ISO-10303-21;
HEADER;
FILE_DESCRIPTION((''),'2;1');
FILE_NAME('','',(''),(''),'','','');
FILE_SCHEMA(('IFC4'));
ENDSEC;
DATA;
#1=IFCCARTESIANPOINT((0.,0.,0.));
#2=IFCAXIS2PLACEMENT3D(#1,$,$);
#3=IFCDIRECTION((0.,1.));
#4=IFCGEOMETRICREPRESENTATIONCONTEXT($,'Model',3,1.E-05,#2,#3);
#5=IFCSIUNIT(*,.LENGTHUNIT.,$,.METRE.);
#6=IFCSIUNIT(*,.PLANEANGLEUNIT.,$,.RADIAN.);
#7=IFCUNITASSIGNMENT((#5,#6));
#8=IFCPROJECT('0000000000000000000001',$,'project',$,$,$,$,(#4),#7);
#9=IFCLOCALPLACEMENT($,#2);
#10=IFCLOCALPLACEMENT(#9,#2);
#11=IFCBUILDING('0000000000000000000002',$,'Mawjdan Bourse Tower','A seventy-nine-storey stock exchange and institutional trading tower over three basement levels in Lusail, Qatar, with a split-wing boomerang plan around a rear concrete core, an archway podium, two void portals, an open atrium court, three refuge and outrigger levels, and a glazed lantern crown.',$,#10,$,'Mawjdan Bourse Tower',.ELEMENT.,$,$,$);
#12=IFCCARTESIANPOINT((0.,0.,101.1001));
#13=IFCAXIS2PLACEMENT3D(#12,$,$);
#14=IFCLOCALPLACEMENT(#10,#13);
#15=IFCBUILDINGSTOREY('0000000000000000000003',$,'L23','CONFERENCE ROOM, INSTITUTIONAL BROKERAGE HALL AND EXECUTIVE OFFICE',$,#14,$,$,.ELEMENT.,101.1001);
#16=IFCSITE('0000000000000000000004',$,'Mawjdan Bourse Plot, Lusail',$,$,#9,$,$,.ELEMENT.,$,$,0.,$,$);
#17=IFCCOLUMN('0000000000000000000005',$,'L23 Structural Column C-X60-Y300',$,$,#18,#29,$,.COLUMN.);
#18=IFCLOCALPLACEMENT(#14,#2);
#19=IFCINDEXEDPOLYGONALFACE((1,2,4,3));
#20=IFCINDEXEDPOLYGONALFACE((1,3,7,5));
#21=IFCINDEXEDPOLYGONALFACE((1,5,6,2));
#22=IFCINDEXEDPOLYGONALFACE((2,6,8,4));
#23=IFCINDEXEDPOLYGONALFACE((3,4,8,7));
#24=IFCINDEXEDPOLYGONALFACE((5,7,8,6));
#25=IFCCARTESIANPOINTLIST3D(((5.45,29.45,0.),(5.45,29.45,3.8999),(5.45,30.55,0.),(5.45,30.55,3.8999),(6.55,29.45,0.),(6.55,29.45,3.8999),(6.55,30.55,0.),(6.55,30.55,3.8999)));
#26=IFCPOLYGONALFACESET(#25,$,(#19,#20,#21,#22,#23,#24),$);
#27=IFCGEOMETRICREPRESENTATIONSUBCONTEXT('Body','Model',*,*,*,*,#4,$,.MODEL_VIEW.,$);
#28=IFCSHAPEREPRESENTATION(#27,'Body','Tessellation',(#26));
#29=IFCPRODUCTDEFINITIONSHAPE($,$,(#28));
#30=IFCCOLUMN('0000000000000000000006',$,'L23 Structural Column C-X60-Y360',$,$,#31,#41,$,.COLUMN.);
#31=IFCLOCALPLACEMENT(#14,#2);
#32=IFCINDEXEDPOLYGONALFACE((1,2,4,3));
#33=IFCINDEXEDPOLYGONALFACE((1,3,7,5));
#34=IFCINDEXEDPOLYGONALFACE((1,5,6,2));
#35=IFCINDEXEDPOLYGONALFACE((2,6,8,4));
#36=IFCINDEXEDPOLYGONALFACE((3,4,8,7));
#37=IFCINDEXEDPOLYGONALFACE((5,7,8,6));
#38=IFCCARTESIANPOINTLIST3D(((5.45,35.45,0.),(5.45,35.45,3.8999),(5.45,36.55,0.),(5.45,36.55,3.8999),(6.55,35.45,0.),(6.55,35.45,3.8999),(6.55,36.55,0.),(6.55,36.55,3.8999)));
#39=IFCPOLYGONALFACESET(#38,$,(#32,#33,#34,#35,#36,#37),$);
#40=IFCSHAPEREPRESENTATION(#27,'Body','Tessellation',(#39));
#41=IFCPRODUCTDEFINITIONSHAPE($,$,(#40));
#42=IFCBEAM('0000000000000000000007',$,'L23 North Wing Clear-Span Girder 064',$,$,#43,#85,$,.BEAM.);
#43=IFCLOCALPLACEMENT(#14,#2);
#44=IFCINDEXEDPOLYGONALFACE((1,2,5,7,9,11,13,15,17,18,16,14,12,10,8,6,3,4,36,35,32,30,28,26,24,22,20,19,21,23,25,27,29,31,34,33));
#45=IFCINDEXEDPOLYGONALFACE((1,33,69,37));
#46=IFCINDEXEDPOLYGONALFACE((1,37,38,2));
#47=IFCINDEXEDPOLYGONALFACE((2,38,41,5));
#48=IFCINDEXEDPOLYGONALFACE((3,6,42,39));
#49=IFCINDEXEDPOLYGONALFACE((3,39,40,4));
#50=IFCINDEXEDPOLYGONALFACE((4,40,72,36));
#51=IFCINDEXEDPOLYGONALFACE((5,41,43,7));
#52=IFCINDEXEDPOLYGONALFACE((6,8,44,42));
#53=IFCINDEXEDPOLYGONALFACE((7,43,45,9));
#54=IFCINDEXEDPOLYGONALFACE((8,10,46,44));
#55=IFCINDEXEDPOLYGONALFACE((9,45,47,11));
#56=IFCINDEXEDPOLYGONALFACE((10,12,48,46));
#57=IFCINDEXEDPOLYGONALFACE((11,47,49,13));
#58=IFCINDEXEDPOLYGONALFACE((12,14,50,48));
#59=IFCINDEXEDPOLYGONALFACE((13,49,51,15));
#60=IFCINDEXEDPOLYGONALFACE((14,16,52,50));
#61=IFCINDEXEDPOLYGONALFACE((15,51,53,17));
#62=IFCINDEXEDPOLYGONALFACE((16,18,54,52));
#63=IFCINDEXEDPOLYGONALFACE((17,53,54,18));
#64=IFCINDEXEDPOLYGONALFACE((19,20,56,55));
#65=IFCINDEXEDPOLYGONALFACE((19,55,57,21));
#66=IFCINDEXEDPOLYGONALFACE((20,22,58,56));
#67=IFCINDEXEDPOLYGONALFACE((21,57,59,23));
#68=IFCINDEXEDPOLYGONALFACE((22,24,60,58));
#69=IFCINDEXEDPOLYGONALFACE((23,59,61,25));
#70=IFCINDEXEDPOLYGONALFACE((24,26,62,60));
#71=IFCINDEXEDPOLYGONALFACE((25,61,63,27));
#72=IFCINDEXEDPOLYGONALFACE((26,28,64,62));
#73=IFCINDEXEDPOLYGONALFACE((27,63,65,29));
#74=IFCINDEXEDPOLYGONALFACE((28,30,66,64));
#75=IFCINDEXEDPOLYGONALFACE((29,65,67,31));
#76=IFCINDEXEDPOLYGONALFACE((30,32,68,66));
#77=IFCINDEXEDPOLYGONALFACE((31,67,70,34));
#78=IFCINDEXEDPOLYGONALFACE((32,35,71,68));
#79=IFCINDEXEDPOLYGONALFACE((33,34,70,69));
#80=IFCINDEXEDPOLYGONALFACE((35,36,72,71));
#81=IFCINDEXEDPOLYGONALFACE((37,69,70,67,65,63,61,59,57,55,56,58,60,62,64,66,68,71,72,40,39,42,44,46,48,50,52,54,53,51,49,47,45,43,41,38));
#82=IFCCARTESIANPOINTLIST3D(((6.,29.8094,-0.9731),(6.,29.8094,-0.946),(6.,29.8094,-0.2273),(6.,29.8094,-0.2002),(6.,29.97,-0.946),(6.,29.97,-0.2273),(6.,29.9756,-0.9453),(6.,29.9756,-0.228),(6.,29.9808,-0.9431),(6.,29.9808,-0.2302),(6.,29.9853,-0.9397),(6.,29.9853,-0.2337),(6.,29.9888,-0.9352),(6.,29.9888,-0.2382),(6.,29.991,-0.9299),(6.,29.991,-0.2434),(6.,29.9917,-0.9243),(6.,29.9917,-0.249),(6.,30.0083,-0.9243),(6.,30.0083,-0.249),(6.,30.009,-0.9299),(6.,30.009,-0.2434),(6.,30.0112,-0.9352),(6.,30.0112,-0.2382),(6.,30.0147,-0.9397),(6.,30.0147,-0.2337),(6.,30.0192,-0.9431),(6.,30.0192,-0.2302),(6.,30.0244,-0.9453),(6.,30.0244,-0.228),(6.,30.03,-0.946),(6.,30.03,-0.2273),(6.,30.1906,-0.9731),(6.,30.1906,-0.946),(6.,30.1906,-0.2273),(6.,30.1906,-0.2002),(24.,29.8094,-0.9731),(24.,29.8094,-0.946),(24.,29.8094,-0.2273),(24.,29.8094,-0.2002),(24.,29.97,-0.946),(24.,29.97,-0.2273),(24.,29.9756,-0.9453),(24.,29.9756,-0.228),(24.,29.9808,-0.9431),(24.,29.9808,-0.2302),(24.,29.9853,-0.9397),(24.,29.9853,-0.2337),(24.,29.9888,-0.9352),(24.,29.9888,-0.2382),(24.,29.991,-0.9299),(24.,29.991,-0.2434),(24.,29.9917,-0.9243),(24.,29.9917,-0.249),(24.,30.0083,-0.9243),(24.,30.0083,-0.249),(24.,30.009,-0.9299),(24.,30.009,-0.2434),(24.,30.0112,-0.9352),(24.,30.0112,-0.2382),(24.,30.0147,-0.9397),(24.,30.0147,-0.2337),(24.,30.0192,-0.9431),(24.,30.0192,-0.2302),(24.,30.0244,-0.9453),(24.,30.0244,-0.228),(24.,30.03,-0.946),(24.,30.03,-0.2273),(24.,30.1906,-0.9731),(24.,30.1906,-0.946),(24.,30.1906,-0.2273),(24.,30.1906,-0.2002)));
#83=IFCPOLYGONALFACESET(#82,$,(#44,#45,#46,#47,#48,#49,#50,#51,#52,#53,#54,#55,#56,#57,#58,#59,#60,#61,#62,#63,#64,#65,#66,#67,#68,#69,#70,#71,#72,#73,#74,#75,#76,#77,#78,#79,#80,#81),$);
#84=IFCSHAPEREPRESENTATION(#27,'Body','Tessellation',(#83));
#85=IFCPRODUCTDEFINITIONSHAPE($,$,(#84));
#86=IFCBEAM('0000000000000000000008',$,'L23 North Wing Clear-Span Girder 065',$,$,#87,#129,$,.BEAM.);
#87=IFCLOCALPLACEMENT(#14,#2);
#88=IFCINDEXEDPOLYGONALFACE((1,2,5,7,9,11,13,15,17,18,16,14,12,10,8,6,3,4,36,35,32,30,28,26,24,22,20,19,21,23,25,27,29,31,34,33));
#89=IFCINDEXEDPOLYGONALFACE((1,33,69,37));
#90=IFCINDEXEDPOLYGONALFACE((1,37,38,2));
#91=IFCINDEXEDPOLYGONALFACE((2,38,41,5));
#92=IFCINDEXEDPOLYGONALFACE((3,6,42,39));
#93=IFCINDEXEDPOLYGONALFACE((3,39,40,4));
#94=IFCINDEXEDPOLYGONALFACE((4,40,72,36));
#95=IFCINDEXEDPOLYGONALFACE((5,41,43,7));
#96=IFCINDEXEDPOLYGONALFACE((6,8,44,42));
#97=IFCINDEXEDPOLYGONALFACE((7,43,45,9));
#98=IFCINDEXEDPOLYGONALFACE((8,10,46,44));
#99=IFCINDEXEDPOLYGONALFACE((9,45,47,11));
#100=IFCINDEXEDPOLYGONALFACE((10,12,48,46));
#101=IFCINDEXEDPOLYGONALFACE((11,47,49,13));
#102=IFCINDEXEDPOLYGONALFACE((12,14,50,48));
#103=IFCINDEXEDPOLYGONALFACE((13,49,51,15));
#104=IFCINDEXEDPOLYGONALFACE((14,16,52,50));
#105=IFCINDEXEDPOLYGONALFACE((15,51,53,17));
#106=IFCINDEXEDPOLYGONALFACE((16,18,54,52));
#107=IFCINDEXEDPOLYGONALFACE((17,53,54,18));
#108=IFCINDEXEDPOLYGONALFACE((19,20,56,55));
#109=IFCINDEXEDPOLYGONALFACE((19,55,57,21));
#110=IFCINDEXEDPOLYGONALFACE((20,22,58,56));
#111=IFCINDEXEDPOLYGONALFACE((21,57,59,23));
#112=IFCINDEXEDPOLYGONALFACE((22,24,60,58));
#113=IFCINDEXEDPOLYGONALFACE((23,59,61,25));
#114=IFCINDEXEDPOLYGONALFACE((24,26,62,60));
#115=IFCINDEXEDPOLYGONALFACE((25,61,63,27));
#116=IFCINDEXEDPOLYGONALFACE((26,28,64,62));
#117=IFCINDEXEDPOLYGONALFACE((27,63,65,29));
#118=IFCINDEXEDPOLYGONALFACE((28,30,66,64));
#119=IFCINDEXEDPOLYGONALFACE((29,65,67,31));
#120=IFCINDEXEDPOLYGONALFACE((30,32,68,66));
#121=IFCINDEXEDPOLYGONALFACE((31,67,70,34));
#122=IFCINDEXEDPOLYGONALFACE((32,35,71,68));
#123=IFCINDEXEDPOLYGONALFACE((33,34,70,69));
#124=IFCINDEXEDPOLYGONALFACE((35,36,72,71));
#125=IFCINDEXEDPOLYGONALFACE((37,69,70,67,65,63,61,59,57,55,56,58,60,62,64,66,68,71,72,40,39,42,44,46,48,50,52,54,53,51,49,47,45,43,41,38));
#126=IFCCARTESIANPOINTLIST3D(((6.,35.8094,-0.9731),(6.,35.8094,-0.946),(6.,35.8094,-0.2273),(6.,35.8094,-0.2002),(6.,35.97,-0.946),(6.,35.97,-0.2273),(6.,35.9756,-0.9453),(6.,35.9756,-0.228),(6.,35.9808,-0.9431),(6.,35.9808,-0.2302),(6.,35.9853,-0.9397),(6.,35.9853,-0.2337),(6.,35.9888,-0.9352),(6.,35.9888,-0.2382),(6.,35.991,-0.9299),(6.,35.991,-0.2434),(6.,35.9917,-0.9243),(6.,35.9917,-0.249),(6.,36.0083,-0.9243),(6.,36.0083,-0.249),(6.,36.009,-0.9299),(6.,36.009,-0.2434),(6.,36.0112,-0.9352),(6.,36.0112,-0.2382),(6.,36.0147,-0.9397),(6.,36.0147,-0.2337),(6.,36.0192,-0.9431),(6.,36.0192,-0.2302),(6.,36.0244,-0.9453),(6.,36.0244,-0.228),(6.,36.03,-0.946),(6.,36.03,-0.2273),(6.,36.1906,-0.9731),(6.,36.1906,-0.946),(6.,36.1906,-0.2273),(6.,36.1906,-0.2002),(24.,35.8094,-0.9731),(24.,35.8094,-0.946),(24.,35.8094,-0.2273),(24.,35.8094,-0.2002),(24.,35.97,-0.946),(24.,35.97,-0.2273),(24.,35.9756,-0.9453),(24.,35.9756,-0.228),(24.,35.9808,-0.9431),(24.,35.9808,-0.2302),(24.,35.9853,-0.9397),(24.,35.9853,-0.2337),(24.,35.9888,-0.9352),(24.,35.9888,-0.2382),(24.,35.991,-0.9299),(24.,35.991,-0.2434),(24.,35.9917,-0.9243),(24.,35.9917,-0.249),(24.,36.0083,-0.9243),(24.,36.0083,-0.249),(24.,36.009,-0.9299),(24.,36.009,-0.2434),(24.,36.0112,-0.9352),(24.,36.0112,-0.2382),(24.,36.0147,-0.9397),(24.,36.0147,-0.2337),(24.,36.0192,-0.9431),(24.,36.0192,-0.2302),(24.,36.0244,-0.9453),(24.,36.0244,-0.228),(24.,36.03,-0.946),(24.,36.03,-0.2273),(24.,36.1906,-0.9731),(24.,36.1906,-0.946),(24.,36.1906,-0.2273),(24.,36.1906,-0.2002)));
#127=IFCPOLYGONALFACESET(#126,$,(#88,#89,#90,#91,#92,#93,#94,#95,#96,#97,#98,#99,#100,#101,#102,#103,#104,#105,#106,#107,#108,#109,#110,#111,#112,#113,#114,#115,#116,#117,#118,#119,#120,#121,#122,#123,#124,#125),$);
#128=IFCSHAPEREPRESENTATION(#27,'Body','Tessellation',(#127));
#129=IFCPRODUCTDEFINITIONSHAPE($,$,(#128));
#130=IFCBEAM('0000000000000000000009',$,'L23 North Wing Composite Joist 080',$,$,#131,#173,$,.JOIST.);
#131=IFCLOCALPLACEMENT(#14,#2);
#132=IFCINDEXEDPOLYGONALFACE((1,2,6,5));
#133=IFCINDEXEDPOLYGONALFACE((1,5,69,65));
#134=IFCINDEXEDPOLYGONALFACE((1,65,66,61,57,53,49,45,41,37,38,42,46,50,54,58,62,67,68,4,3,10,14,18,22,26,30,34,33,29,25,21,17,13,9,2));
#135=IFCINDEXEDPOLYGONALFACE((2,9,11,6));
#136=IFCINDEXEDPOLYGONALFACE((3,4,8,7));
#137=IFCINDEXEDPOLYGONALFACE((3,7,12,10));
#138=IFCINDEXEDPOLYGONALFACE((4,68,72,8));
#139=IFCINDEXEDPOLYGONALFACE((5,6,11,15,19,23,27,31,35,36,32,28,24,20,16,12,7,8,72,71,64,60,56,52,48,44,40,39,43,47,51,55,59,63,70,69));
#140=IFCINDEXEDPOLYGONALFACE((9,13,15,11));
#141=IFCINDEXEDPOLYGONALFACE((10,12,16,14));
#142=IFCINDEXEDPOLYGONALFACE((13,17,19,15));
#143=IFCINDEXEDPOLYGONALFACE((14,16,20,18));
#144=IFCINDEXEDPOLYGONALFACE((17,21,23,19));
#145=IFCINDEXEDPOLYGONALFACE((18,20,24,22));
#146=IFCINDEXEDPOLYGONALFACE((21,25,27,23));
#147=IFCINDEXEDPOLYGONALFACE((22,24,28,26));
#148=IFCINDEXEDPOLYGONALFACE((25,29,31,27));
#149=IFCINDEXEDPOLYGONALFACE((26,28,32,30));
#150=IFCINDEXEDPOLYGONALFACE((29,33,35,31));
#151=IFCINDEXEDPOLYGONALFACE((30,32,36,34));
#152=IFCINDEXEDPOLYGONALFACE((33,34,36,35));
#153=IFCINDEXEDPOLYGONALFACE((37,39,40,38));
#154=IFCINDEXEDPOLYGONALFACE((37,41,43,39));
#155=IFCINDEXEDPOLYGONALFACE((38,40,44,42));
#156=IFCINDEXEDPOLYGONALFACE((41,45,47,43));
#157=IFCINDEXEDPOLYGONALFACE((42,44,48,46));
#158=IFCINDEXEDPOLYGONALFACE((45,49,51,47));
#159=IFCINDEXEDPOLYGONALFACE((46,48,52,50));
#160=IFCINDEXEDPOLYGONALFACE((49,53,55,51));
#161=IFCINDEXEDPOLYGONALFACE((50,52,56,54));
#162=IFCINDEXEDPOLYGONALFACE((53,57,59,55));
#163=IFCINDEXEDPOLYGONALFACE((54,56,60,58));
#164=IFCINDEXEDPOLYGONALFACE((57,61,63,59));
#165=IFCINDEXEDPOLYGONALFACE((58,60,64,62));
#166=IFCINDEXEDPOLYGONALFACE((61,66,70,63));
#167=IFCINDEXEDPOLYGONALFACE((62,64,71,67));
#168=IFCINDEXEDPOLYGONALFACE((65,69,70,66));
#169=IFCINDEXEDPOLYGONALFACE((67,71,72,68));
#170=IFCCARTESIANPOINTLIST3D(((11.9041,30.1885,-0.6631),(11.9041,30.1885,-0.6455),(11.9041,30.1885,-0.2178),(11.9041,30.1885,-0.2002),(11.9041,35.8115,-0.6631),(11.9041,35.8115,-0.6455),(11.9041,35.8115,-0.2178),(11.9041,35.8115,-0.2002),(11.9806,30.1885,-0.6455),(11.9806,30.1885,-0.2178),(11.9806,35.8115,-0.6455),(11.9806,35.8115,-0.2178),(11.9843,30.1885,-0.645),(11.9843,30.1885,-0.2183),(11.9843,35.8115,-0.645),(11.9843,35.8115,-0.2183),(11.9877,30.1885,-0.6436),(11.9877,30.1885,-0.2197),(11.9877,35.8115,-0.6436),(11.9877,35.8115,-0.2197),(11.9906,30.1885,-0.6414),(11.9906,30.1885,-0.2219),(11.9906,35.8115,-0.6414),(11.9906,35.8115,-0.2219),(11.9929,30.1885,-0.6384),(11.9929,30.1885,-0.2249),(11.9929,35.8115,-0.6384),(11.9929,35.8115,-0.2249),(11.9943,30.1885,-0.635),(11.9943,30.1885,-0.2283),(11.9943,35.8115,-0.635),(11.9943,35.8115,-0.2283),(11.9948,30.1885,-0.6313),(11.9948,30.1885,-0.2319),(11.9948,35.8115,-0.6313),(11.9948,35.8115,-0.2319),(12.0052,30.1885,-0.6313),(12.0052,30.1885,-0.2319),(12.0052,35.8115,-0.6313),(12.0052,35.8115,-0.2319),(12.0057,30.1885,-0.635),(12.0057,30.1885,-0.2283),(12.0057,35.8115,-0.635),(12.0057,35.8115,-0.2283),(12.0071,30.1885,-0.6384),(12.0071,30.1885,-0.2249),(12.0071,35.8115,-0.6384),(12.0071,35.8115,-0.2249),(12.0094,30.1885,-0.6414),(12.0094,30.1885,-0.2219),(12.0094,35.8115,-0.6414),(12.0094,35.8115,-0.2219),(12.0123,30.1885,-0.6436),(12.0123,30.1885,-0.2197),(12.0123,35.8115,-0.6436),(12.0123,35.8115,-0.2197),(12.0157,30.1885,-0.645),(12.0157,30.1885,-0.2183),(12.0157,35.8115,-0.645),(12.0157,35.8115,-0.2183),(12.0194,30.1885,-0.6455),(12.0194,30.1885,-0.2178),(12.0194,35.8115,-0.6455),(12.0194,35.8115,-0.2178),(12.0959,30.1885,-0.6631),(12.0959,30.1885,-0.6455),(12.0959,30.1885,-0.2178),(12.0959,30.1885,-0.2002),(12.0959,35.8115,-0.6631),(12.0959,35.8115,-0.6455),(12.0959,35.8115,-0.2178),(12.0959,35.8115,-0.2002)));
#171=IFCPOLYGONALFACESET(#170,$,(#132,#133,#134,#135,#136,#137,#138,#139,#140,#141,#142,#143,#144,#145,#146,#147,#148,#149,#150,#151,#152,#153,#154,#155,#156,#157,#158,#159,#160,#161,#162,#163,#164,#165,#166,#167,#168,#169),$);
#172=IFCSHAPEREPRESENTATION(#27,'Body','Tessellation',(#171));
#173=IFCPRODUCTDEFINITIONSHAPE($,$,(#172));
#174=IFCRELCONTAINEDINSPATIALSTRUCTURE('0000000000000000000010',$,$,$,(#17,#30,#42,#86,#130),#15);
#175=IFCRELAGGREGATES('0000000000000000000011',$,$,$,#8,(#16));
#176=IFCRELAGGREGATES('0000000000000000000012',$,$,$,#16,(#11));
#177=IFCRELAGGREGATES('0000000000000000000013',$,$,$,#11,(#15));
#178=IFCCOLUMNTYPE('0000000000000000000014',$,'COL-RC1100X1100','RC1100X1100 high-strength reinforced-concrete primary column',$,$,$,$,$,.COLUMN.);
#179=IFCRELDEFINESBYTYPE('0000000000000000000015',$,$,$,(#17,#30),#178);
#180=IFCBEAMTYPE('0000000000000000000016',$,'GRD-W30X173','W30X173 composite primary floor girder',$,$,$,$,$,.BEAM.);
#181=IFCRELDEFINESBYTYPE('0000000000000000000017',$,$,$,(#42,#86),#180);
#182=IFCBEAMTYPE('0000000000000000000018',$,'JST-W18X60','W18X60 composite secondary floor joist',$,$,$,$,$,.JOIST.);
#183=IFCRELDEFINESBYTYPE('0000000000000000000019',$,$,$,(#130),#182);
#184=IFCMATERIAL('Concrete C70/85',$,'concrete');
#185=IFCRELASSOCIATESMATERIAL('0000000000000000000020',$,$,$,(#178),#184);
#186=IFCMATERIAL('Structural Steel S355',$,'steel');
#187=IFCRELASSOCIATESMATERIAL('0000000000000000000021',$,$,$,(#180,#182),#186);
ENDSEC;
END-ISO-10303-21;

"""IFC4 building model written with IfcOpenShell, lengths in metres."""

from ifc_helpers import new_model, si_unit, direction, frame, origin, origin_2d, place, context, subcontext, project, spatial, rectangle, i_section, extrude, material, material_profile, profile_set, type_object, element, save


model = new_model("IFC4")

# Units and contexts
model_context = context("Model", 3, precision=1e-05, world=origin(), true_north=direction((0.0, 1.0)))
body_context = subcontext(model_context, "Body", "Model", "MODEL_VIEW")
ifc_project = project(units=[si_unit("LENGTHUNIT", "METRE"), si_unit("PLANEANGLEUNIT", "RADIAN")], contexts=[model_context])

# Site, building, storey
site_placement = place(None, origin())
site = spatial("IfcSite", under=ifc_project, at=site_placement, Name="Mawjdan Bourse Plot, Lusail", CompositionType="ELEMENT", RefElevation=0.0)
building_placement = place(site_placement, origin())
building = spatial("IfcBuilding", under=site, at=building_placement, Name="Mawjdan Bourse Tower", Description="A seventy-nine-storey stock exchange and institutional trading tower over three basement levels in Lusail, Qatar, with a split-wing boomerang plan around a rear concrete core, an archway podium, two void portals, an open atrium court, three refuge and outrigger levels, and a glazed lantern crown.", LongName="Mawjdan Bourse Tower", CompositionType="ELEMENT")
storey_placement = place(building_placement, frame((0.0, 0.0, 101.1001)))
storey = spatial("IfcBuildingStorey", under=building, at=storey_placement, Name="L23", Description="CONFERENCE ROOM, INSTITUTIONAL BROKERAGE HALL AND EXECUTIVE OFFICE", CompositionType="ELEMENT", Elevation=101.1001)

# Columns
ifc_material_1 = material(Name="Concrete C70/85", Category="concrete")
ifc_material_profile_1 = material_profile(ifc_material_1, rectangle(XDim=1.1001, YDim=1.1001, at=origin_2d()), Name="RC1100X1100")
ifc_profile_set_1 = profile_set([ifc_material_profile_1], Name="Concrete C70/85")
column_type = type_object("IfcColumnType", Name="COL-RC1100X1100", Description="RC1100X1100 high-strength reinforced-concrete primary column", PredefinedType="COLUMN", material=ifc_profile_set_1)
for number, where, z_axis, x_axis, name in (
    (1, (6.0, 30.0, 0.0), (0.0, 0.0, 1.0), (1.0, 0.0, 0.0), "L23 Structural Column C-X60-Y300"),
    (2, (6.0, 36.0, 0.0), (0.0, 0.0, 1.0), (1.0, 0.0, 0.0), "L23 Structural Column C-X60-Y360"),
):
    element("IfcColumn", number, at=place(storey_placement, frame(where, z_axis=z_axis, x_axis=x_axis)), inside=storey, type_object=column_type, Name=name, PredefinedType="COLUMN", context=body_context, shape_type="SweptSolid", body=[
        extrude(rectangle(XDim=1.1001, YDim=1.1001, at=origin_2d()), origin(), (0.0, 0.0, 1.0), 3.8999),
    ])

# Beams
ifc_material_2 = material(Name="Structural Steel S355", Category="steel")
ifc_material_profile_2 = material_profile(ifc_material_2, i_section(OverallWidth=0.3811, OverallDepth=0.7729, WebThickness=0.0166, FlangeThickness=0.0271, FilletRadius=0.0217, at=origin_2d()), Name="W30X173")
ifc_profile_set_2 = profile_set([ifc_material_profile_2], Name="Structural Steel S355")
beam_type_1 = type_object("IfcBeamType", Name="GRD-W30X173", Description="W30X173 composite primary floor girder", PredefinedType="BEAM", material=ifc_profile_set_2)
for number, where, z_axis, x_axis, name in (
    (3, (6.0, 30.0, -0.5867), (1.0, 0.0, 0.0), (0.0, 1.0, 0.0), "L23 North Wing Clear-Span Girder 064"),
    (4, (6.0, 36.0, -0.5867), (1.0, 0.0, 0.0), (0.0, 1.0, 0.0), "L23 North Wing Clear-Span Girder 065"),
):
    element("IfcBeam", number, at=place(storey_placement, frame(where, z_axis=z_axis, x_axis=x_axis)), inside=storey, type_object=beam_type_1, Name=name, PredefinedType="BEAM", context=body_context, shape_type="SweptSolid", body=[
        extrude(i_section(OverallWidth=0.3811, OverallDepth=0.7729, WebThickness=0.0166, FlangeThickness=0.0271, FilletRadius=0.0217, at=origin_2d()), origin(), (0.0, 0.0, 1.0), 18.0),
    ])
ifc_material_profile_3 = material_profile(ifc_material_2, i_section(OverallWidth=0.1919, OverallDepth=0.4629, WebThickness=0.0105, FlangeThickness=0.0176, FilletRadius=0.0142, at=origin_2d()), Name="W18X60")
ifc_profile_set_3 = profile_set([ifc_material_profile_3], Name="Structural Steel S355")
beam_type_2 = type_object("IfcBeamType", Name="JST-W18X60", Description="W18X60 composite secondary floor joist", PredefinedType="JOIST", material=ifc_profile_set_3)
beam_1_placement = place(storey_placement, frame((12.0, 30.1885, -0.4316), z_axis=(0.0, 1.0, 0.0), x_axis=(-1.0, 0.0, 0.0)))
element("IfcBeam", 5, at=beam_1_placement, inside=storey, type_object=beam_type_2, Name="L23 North Wing Composite Joist 080", PredefinedType="JOIST", context=body_context, shape_type="SweptSolid", body=[
    extrude(i_section(OverallWidth=0.1919, OverallDepth=0.4629, WebThickness=0.0105, FlangeThickness=0.0176, FilletRadius=0.0142, at=origin_2d()), origin(), (0.0, 0.0, 1.0), 5.623),
])

save(model, "model.ifc")
